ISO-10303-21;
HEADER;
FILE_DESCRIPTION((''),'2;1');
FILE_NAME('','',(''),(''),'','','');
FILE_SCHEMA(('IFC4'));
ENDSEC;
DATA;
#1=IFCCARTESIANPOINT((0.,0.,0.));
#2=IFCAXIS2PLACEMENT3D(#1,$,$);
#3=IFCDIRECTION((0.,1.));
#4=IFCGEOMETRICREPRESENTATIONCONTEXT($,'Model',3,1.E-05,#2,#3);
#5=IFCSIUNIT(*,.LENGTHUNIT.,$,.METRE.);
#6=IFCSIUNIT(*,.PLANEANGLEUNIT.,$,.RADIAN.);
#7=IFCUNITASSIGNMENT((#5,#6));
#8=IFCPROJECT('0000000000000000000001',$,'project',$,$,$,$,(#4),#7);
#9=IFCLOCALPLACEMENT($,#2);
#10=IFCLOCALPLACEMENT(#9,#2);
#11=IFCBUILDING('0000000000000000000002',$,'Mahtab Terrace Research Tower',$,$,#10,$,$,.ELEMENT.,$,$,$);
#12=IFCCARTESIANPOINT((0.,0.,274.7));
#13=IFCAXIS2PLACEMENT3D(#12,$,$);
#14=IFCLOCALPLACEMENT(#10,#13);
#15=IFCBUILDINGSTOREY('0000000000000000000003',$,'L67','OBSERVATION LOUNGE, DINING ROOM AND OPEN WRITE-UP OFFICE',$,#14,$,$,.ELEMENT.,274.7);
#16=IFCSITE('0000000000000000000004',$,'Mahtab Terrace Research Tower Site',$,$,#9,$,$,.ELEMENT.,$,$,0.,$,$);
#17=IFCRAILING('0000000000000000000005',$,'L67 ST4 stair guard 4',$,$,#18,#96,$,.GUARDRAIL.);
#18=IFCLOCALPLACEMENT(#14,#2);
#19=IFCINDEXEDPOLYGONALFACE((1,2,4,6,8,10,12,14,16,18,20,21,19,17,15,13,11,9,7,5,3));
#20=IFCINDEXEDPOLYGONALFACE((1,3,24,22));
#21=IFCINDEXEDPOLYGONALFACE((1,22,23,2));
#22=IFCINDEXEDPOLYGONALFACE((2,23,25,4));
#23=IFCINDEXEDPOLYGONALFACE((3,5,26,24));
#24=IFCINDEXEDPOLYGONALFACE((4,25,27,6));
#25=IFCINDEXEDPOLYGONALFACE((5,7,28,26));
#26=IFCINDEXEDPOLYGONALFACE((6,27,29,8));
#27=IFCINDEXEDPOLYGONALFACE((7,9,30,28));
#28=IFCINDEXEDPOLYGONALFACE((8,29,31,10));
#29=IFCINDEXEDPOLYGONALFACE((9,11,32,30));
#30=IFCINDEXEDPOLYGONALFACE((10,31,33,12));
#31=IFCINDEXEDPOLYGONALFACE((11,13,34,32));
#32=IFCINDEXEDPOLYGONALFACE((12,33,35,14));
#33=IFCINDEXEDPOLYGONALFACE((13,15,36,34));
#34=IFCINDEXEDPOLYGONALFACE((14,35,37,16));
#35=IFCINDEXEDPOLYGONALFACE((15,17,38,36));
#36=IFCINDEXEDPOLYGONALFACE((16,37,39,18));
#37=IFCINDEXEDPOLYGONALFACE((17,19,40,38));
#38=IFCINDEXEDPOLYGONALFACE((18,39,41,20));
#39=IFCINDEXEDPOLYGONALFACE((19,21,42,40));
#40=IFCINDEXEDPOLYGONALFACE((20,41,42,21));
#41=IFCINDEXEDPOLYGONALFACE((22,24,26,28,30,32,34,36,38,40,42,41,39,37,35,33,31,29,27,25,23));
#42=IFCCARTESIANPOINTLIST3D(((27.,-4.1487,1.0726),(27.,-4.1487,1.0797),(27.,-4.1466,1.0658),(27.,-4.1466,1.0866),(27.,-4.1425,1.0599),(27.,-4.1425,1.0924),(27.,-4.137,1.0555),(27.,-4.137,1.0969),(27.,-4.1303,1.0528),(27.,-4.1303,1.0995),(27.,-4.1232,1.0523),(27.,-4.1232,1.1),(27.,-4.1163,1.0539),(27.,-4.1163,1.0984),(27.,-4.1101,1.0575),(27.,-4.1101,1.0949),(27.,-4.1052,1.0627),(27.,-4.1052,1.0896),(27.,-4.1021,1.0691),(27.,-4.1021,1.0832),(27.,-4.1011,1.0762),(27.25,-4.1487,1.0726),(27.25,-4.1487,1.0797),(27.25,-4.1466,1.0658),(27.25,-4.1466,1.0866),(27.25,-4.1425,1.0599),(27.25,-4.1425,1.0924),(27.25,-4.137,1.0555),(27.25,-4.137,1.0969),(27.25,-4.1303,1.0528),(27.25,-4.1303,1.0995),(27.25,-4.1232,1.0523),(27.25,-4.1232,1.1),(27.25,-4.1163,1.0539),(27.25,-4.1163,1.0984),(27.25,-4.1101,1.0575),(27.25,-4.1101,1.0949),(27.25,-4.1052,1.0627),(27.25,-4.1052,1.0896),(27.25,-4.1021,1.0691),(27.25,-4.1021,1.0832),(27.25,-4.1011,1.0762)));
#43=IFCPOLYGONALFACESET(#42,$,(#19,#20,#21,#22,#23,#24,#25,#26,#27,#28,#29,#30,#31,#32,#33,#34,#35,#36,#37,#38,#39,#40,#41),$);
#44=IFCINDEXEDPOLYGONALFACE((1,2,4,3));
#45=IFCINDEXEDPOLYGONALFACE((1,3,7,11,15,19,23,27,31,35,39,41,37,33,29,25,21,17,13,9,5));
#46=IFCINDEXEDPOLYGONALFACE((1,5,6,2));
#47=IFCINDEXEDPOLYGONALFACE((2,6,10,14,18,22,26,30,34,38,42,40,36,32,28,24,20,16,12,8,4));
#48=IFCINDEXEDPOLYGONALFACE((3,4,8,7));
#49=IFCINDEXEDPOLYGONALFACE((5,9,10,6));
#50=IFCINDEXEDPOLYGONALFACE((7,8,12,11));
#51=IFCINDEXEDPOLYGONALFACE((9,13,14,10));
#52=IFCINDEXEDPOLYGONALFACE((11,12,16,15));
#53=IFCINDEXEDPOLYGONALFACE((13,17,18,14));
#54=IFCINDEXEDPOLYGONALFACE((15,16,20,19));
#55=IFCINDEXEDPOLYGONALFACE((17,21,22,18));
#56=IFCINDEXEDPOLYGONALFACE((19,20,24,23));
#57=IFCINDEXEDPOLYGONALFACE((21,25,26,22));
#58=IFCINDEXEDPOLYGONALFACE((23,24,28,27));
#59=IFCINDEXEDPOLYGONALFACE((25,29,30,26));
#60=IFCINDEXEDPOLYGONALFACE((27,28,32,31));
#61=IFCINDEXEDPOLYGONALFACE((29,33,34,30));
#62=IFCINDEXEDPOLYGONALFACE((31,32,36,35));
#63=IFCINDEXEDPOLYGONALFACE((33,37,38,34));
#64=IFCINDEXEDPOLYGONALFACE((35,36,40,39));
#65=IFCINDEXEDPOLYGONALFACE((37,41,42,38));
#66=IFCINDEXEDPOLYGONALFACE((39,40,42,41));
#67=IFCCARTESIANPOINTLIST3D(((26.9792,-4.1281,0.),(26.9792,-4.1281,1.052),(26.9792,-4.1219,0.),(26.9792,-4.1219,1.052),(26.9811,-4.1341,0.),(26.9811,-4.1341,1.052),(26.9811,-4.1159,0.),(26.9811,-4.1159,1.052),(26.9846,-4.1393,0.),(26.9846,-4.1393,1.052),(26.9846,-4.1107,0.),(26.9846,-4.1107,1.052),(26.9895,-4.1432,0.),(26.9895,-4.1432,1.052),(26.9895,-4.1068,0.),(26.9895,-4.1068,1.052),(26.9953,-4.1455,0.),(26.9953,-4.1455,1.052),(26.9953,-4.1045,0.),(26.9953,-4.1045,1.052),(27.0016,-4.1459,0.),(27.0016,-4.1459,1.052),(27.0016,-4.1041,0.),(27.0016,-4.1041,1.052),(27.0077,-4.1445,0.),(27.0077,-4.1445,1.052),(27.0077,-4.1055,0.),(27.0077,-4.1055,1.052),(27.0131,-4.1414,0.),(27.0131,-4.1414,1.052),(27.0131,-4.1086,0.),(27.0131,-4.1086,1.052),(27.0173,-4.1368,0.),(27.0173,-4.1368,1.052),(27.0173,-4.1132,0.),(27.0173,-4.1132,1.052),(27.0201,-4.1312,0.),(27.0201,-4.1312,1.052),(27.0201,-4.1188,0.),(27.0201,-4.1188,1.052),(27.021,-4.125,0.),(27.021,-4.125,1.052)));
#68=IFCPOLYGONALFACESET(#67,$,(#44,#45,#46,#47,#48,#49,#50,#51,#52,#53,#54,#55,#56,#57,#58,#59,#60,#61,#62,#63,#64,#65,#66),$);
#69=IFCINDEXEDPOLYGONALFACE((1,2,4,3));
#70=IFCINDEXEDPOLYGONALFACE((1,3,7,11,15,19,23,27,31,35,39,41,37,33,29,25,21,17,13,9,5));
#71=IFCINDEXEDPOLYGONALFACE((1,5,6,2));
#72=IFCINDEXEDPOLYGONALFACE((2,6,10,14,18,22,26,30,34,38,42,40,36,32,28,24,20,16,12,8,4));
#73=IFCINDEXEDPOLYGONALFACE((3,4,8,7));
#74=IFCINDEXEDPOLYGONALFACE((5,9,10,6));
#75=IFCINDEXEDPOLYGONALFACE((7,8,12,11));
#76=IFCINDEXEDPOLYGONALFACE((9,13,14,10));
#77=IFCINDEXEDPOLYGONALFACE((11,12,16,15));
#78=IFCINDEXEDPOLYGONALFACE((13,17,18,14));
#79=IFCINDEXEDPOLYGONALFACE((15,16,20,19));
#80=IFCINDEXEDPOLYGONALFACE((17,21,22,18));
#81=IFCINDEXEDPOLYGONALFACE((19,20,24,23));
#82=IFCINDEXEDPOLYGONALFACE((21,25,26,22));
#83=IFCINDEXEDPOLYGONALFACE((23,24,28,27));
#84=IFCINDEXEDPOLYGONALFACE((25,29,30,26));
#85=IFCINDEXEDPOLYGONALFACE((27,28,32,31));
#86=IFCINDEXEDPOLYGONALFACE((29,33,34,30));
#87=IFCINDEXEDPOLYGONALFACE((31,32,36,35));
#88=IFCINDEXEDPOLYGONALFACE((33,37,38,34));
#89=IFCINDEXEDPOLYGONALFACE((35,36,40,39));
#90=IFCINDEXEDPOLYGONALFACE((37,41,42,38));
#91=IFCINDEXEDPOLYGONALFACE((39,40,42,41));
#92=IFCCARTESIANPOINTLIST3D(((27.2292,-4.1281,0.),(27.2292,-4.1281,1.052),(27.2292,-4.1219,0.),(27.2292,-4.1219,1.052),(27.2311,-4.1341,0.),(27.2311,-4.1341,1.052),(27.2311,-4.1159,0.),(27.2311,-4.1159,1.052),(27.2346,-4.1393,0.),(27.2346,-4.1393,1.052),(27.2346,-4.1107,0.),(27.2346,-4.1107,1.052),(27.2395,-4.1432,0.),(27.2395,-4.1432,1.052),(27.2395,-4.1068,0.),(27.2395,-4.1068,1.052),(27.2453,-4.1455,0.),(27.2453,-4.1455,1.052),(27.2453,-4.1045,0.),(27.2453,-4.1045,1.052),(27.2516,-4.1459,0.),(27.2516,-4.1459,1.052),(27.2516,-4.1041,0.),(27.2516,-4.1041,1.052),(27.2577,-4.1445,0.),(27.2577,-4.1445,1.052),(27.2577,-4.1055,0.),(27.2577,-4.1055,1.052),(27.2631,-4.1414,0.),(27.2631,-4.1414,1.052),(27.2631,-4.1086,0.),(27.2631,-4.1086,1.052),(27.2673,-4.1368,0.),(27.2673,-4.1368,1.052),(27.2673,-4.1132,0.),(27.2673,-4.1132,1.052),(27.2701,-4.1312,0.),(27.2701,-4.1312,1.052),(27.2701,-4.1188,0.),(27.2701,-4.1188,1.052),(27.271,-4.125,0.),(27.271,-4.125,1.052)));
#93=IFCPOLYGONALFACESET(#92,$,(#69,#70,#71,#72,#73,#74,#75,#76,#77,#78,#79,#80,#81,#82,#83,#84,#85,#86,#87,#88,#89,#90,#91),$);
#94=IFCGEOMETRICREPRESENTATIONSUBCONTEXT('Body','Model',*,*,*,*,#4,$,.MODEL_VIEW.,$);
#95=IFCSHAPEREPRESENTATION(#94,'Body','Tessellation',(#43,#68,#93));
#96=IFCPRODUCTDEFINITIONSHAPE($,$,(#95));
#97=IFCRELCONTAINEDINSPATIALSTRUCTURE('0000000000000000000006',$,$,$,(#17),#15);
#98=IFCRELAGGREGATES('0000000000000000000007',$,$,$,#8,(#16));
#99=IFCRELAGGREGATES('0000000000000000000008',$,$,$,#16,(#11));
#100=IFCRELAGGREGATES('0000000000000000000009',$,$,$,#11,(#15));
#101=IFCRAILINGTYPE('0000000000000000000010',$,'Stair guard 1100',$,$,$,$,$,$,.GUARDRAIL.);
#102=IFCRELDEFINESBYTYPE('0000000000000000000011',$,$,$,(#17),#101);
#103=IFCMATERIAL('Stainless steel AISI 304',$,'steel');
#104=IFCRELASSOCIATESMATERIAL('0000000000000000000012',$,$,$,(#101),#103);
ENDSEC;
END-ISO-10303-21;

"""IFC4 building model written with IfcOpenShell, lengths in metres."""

from ifc_helpers import new_model, si_unit, direction, frame, origin, origin_2d, place, context, subcontext, project, spatial, circle, extrude, material, type_object, element, save


model = new_model("IFC4")

# Units and contexts
model_context = context("Model", 3, precision=1e-05, world=origin(), true_north=direction((0.0, 1.0)))
body_context = subcontext(model_context, "Body", "Model", "MODEL_VIEW")
ifc_project = project(units=[si_unit("LENGTHUNIT", "METRE"), si_unit("PLANEANGLEUNIT", "RADIAN")], contexts=[model_context])

# Site, building, storey
site_placement = place(None, origin())
site = spatial("IfcSite", under=ifc_project, at=site_placement, Name="Mahtab Terrace Research Tower Site", CompositionType="ELEMENT", RefElevation=0.0)
building_placement = place(site_placement, origin())
building = spatial("IfcBuilding", under=site, at=building_placement, Name="Mahtab Terrace Research Tower", CompositionType="ELEMENT")
storey_placement = place(building_placement, frame((0.0, 0.0, 274.7)))
storey = spatial("IfcBuildingStorey", under=building, at=storey_placement, Name="L67", Description="OBSERVATION LOUNGE, DINING ROOM AND OPEN WRITE-UP OFFICE", CompositionType="ELEMENT", Elevation=274.7)

# Railing
ifc_material_1 = material(Name="Stainless steel AISI 304", Category="steel")
railing_type_1 = type_object("IfcRailingType", Name="Stair guard 1100", PredefinedType="GUARDRAIL", material=ifc_material_1)
railing_1_placement = place(storey_placement, frame((27.0, -4.125, 0.0)))
element("IfcRailing", 1, at=railing_1_placement, inside=storey, type_object=railing_type_1, Name="L67 ST4 stair guard 4", PredefinedType="GUARDRAIL", context=body_context, shape_type="SweptSolid", body=[
    extrude(circle(Radius=0.0239, at=origin_2d()), frame((0.0, 0.0, 1.0762), z_axis=(1.0, 0.0, 0.0), x_axis=(0.0, 1.0, 0.0)), (0.0, 0.0, 1.0), 0.25),
    extrude(circle(Radius=0.021, at=origin_2d()), origin(), (0.0, 0.0, 1.0), 1.052),
    extrude(circle(Radius=0.021, at=origin_2d()), frame((0.25, 0.0, 0.0)), (0.0, 0.0, 1.0), 1.052),
])

save(model, "model.ifc")
